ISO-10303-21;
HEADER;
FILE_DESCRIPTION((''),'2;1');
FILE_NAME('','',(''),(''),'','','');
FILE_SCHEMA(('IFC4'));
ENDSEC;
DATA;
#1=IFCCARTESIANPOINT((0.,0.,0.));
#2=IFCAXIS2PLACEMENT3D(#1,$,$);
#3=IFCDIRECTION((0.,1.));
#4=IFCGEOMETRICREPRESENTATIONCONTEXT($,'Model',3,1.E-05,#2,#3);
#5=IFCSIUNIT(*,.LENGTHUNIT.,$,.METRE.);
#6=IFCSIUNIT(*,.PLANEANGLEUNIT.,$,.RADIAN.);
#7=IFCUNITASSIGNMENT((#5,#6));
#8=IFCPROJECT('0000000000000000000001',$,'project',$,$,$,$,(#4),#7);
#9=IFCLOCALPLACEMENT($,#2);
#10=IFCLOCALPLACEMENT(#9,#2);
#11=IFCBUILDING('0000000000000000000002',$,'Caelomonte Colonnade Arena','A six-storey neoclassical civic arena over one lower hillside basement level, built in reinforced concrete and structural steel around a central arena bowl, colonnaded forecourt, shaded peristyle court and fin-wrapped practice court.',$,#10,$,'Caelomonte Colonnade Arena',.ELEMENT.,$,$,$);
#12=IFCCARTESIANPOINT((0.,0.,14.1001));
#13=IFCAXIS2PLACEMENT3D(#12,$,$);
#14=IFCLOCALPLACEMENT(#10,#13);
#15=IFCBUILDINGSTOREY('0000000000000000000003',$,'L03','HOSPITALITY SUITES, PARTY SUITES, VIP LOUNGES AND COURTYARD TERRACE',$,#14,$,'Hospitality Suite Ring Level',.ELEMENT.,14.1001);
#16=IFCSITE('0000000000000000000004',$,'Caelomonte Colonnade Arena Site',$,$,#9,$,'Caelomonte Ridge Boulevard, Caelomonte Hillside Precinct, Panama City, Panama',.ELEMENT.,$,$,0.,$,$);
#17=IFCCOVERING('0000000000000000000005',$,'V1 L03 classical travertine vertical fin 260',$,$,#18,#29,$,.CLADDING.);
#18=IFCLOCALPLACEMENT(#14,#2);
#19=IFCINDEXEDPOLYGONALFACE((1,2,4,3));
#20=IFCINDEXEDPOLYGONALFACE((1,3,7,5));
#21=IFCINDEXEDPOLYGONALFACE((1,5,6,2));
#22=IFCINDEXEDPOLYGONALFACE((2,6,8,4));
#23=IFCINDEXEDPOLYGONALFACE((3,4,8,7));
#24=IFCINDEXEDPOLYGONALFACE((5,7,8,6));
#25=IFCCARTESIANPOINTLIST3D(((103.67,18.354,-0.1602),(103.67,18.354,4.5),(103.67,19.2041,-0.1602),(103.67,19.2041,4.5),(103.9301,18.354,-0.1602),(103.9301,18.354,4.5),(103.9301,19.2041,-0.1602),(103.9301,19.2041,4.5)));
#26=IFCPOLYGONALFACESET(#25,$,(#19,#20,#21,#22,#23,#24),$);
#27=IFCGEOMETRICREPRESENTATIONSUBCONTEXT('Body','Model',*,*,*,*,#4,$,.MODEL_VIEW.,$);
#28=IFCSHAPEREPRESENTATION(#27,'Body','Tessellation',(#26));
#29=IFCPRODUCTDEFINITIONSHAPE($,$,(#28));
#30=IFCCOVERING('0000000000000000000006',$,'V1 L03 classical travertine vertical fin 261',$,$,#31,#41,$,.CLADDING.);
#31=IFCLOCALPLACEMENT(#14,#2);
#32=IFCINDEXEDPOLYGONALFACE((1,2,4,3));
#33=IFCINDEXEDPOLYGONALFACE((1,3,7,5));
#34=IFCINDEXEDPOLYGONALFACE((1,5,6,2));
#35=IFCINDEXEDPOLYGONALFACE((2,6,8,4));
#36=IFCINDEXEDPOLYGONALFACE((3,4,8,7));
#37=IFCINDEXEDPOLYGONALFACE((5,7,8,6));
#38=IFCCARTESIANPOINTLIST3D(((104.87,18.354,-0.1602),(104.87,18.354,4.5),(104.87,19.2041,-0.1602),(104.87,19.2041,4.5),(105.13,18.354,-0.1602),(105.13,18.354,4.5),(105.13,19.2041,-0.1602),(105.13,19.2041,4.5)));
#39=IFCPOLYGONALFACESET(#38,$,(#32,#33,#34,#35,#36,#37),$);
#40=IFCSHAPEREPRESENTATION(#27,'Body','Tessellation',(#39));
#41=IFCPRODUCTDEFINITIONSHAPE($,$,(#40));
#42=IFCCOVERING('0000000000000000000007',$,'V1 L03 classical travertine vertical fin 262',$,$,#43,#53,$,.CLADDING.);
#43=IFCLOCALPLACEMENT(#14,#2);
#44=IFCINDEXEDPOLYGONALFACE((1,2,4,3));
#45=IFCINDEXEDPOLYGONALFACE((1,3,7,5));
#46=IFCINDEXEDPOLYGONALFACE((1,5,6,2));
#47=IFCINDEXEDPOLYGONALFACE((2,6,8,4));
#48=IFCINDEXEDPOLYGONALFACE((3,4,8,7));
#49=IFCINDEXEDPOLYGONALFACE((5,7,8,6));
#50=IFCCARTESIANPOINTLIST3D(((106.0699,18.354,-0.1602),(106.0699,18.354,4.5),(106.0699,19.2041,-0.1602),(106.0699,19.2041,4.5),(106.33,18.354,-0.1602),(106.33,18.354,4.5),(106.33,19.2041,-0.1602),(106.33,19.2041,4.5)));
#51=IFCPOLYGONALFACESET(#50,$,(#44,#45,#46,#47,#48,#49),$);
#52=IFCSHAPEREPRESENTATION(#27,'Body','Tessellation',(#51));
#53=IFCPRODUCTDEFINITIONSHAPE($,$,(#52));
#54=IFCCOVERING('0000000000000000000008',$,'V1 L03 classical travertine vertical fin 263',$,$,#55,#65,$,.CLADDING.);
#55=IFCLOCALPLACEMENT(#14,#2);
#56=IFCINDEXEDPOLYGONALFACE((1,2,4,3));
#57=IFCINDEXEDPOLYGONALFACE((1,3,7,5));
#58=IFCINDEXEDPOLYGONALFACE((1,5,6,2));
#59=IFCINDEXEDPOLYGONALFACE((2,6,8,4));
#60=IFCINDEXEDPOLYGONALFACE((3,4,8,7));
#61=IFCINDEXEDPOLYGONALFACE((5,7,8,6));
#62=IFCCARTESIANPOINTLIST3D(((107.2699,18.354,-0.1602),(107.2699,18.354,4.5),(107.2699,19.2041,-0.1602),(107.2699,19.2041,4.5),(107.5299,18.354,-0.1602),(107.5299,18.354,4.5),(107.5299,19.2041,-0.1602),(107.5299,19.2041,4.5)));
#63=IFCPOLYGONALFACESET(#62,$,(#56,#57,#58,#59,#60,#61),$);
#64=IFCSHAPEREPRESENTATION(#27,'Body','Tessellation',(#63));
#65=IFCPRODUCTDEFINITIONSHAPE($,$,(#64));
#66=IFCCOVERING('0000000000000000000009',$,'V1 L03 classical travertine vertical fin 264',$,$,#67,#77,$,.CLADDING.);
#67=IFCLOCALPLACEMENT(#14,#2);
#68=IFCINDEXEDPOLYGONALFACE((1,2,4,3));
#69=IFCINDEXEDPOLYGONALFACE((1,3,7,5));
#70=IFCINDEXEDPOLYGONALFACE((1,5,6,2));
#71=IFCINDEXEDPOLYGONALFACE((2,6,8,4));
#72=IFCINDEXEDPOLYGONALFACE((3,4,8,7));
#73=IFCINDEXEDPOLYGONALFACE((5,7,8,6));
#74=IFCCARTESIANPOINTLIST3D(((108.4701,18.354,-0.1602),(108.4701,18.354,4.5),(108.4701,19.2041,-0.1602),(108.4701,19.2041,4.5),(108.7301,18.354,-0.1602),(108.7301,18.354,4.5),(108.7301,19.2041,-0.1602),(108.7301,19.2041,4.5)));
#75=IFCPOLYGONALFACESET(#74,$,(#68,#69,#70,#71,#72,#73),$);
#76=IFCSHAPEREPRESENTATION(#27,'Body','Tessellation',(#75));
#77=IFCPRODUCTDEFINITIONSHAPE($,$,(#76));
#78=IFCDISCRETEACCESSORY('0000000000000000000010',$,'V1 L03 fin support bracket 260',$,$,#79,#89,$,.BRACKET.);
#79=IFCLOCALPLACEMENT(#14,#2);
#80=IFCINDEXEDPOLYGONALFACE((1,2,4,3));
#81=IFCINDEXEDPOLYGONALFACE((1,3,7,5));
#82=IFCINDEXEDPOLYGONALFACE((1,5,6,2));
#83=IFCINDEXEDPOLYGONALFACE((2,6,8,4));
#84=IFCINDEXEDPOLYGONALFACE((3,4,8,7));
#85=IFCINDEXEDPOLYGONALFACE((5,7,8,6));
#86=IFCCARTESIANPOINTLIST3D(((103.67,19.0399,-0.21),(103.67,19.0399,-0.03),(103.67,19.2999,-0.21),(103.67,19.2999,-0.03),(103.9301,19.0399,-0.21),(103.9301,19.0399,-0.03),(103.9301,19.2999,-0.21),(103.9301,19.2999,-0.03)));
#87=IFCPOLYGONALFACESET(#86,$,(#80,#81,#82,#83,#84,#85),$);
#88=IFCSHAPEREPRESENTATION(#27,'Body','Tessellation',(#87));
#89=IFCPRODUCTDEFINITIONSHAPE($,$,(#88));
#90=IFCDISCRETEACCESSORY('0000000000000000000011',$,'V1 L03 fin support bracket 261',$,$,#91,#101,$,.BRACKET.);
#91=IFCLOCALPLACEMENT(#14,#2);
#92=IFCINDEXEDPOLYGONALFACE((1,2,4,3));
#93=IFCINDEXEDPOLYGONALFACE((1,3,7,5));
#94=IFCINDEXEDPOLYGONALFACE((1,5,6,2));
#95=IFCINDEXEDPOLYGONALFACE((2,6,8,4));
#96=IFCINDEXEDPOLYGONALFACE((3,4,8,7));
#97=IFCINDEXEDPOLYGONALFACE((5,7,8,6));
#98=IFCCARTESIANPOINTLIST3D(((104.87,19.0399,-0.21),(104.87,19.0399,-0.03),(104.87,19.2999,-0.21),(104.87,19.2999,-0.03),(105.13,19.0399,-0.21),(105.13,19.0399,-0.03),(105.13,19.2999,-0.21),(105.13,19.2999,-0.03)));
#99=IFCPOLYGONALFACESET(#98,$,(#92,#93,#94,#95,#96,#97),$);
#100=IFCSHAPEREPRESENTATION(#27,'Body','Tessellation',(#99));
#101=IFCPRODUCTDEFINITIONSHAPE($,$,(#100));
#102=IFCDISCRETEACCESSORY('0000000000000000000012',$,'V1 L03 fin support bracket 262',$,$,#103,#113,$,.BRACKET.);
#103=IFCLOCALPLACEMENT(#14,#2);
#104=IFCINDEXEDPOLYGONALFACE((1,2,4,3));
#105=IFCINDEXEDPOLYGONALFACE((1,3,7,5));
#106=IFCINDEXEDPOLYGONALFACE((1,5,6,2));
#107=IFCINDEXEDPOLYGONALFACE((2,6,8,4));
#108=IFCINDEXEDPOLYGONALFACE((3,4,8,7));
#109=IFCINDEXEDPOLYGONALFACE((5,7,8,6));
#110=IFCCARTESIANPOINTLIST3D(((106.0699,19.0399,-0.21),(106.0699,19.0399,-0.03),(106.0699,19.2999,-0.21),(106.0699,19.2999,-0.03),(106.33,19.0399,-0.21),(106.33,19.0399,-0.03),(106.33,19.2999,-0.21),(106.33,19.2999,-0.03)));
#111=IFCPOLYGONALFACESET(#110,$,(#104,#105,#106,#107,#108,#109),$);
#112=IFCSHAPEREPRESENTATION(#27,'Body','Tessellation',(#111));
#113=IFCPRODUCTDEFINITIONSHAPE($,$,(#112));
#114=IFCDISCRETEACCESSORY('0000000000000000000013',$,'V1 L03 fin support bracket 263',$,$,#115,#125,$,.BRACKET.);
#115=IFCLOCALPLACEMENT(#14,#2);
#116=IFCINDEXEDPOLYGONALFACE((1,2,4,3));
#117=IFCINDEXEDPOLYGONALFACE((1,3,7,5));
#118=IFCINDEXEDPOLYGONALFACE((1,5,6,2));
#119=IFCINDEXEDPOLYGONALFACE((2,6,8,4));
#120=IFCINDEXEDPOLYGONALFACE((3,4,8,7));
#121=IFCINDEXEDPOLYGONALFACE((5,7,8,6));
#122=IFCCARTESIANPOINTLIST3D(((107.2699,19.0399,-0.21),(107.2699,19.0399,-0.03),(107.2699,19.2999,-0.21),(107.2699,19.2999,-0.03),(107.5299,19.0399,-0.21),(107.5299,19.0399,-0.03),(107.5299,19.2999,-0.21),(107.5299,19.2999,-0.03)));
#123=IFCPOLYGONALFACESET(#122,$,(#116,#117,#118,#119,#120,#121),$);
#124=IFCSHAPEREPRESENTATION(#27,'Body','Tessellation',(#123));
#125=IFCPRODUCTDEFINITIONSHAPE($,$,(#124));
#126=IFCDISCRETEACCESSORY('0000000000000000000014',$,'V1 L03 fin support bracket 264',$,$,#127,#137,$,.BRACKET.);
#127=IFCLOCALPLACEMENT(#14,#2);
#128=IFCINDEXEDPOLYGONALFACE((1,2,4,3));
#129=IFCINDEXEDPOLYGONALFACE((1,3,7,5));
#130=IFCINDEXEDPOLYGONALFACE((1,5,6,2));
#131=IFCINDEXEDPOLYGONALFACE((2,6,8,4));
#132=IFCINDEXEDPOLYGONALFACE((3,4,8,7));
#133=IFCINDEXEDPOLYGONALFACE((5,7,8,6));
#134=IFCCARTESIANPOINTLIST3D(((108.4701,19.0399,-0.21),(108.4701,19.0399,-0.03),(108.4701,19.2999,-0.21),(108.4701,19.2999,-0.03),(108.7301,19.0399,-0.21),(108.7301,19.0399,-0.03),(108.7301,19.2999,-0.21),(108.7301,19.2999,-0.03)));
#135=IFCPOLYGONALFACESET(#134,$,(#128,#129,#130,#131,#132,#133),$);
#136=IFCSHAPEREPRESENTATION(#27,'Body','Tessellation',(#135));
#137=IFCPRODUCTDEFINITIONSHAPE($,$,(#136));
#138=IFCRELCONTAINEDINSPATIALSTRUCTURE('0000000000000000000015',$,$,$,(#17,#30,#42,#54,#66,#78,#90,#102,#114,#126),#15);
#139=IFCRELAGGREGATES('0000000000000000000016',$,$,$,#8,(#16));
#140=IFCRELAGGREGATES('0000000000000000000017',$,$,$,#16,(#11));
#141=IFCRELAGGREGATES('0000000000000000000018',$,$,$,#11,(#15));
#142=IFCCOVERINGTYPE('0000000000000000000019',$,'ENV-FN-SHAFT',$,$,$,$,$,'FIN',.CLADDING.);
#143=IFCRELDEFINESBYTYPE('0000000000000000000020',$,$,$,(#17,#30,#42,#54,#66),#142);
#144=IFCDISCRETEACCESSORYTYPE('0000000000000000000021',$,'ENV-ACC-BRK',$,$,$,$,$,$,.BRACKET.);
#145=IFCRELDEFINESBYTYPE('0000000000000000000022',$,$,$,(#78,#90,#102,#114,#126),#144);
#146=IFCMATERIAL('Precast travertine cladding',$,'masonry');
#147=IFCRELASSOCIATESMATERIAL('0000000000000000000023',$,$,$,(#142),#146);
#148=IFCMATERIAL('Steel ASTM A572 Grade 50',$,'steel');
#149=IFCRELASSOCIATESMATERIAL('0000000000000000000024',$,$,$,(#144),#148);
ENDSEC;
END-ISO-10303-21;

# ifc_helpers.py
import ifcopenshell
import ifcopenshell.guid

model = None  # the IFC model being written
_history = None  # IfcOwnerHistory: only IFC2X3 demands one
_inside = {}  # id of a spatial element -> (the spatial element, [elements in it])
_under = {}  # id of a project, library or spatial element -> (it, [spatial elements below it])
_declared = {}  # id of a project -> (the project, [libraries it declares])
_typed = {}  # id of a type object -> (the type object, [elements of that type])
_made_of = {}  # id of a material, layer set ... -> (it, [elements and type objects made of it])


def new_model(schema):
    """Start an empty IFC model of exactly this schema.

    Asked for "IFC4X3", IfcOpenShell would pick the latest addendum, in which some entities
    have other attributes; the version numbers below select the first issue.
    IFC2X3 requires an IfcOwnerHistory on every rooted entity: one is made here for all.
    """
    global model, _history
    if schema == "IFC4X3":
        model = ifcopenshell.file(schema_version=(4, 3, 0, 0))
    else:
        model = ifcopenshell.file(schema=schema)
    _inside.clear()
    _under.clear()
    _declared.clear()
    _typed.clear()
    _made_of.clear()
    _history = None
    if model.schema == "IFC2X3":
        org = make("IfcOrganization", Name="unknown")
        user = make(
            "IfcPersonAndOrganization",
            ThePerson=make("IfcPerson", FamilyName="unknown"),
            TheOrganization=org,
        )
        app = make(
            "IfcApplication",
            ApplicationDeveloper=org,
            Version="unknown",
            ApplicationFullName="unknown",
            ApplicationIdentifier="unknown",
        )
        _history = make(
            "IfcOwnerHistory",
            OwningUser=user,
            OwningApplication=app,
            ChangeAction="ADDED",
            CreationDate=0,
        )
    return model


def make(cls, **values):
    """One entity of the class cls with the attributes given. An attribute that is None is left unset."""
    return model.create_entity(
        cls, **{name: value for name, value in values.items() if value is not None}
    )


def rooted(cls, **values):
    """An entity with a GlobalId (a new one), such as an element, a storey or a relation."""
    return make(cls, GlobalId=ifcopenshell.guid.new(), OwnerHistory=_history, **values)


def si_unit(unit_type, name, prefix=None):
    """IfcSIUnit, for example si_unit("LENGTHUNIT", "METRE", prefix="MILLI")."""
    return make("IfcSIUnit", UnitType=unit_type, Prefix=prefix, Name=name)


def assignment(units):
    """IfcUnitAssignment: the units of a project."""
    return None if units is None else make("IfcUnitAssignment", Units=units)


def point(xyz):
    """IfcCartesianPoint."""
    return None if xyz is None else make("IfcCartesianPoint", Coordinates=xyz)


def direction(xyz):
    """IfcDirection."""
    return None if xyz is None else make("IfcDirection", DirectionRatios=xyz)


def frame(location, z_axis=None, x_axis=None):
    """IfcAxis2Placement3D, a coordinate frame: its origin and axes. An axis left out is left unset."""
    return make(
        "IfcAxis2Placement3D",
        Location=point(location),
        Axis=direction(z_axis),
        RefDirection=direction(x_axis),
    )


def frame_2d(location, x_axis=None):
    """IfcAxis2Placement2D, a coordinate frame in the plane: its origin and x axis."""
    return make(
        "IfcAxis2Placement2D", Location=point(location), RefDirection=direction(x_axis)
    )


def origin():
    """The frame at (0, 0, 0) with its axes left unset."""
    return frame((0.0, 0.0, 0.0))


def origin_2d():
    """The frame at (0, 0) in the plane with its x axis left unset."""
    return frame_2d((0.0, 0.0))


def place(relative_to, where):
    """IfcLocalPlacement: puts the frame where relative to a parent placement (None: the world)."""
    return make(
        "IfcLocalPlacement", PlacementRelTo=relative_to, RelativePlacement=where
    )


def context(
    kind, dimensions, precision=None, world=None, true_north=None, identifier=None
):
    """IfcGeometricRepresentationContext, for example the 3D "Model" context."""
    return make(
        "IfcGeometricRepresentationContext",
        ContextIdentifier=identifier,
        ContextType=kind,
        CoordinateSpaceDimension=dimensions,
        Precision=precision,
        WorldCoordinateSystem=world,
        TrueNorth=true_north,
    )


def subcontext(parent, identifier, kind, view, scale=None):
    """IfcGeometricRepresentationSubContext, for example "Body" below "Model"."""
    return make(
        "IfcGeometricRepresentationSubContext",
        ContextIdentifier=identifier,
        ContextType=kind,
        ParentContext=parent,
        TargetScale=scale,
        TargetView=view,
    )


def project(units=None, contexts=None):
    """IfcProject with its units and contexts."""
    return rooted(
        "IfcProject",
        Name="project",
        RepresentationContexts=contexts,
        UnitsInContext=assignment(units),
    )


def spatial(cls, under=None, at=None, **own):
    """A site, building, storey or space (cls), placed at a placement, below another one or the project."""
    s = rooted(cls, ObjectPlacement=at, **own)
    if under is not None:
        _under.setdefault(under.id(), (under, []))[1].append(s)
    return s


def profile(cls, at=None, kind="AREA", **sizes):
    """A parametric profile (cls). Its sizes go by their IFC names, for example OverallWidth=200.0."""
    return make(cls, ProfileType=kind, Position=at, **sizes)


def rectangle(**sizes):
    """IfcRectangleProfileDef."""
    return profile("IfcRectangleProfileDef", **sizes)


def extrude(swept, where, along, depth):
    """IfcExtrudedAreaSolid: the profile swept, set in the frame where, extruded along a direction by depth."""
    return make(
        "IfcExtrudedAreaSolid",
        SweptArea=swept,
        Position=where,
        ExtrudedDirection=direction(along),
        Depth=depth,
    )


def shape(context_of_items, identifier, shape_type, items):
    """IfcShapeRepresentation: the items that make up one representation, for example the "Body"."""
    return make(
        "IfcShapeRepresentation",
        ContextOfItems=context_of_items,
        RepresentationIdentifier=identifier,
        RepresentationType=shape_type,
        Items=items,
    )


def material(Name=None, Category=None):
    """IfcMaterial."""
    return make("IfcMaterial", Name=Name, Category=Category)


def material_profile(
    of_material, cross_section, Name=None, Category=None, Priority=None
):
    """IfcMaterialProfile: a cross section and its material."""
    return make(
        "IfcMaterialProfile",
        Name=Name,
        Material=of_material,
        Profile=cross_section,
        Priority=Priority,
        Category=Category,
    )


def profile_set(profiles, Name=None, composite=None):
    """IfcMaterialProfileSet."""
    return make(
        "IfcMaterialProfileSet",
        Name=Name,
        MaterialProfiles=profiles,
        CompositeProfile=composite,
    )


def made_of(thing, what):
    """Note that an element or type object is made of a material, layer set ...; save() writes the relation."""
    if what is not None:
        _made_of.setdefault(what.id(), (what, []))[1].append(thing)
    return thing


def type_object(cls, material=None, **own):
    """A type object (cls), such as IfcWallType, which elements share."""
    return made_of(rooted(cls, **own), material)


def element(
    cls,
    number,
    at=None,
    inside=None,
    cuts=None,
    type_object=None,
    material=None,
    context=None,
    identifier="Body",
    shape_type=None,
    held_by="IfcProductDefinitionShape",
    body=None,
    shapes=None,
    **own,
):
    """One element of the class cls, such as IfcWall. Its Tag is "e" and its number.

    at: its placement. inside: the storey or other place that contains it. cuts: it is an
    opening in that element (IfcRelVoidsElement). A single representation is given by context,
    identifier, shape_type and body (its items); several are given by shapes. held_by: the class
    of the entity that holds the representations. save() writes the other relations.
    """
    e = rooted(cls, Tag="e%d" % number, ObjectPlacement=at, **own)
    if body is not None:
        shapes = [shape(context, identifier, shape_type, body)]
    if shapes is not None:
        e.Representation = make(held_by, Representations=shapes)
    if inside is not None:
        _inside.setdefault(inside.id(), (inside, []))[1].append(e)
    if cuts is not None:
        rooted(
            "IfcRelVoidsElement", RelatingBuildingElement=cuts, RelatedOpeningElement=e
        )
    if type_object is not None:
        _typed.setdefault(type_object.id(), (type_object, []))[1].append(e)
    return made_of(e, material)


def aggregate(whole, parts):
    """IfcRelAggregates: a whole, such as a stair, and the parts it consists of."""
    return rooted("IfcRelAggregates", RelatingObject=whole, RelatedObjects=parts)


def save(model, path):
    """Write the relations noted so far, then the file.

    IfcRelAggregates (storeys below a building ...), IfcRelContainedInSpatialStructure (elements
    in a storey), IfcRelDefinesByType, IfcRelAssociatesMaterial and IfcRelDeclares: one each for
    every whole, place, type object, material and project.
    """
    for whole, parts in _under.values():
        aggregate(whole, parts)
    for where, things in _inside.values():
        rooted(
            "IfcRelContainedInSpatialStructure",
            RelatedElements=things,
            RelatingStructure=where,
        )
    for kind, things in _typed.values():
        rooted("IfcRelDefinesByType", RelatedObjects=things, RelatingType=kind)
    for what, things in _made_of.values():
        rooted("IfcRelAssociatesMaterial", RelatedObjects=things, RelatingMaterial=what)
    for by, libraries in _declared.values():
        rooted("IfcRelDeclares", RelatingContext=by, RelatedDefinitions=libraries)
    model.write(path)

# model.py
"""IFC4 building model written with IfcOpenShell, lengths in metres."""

from ifc_helpers import new_model, si_unit, direction, frame, origin, origin_2d, place, context, subcontext, project, spatial, rectangle, extrude, material, material_profile, profile_set, type_object, element, save


model = new_model("IFC4")

# Units and contexts
model_context = context("Model", 3, precision=1e-05, world=origin(), true_north=direction((0.0, 1.0)))
body_context = subcontext(model_context, "Body", "Model", "MODEL_VIEW")
ifc_project = project(units=[si_unit("LENGTHUNIT", "METRE"), si_unit("PLANEANGLEUNIT", "RADIAN")], contexts=[model_context])

# Site, building, storey
site_placement = place(None, origin())
site = spatial("IfcSite", under=ifc_project, at=site_placement, Name="Caelomonte Colonnade Arena Site", LongName="Caelomonte Ridge Boulevard, Caelomonte Hillside Precinct, Panama City, Panama", CompositionType="ELEMENT", RefElevation=0.0)
building_placement = place(site_placement, origin())
building = spatial("IfcBuilding", under=site, at=building_placement, Name="Caelomonte Colonnade Arena", Description="A six-storey neoclassical civic arena over one lower hillside basement level, built in reinforced concrete and structural steel around a central arena bowl, colonnaded forecourt, shaded peristyle court and fin-wrapped practice court.", LongName="Caelomonte Colonnade Arena", CompositionType="ELEMENT")
storey_placement = place(building_placement, frame((0.0, 0.0, 14.1001)))
storey = spatial("IfcBuildingStorey", under=building, at=storey_placement, Name="L03", Description="HOSPITALITY SUITES, PARTY SUITES, VIP LOUNGES AND COURTYARD TERRACE", LongName="Hospitality Suite Ring Level", CompositionType="ELEMENT", Elevation=14.1001)

# Coverings
ifc_material_1 = material(Name="Precast travertine cladding", Category="masonry")
ifc_material_profile_1 = material_profile(ifc_material_1, rectangle(XDim=0.26, YDim=0.8501, at=origin_2d()), Name="FIN260X850")
ifc_profile_set_1 = profile_set([ifc_material_profile_1], Name="Precast travertine cladding")
covering_type = type_object("IfcCoveringType", Name="ENV-FN-SHAFT", ElementType="FIN", PredefinedType="CLADDING", material=ifc_profile_set_1)
for number, where, z_axis, x_axis, name in (
    (1, (103.8, 18.7791, -0.1602), (0.0, 0.0, 1.0), (-1.0, 0.0, 0.0), "V1 L03 classical travertine vertical fin 260"),
    (2, (105.0, 18.7791, -0.1602), (0.0, 0.0, 1.0), (-1.0, 0.0, 0.0), "V1 L03 classical travertine vertical fin 261"),
    (3, (106.2, 18.7791, -0.1602), (0.0, 0.0, 1.0), (-1.0, 0.0, 0.0), "V1 L03 classical travertine vertical fin 262"),
    (4, (107.3999, 18.7791, -0.1602), (0.0, 0.0, 1.0), (-1.0, 0.0, 0.0), "V1 L03 classical travertine vertical fin 263"),
    (5, (108.6001, 18.7791, -0.1602), (0.0, 0.0, 1.0), (-1.0, 0.0, 0.0), "V1 L03 classical travertine vertical fin 264"),
):
    element("IfcCovering", number, at=place(storey_placement, frame(where, z_axis=z_axis, x_axis=x_axis)), inside=storey, type_object=covering_type, Name=name, PredefinedType="CLADDING", context=body_context, shape_type="SweptSolid", body=[
        extrude(rectangle(XDim=0.26, YDim=0.8501, at=origin_2d()), origin(), (0.0, 0.0, 1.0), 4.6602),
    ])

# Discrete accessories
ifc_material_2 = material(Name="Steel ASTM A572 Grade 50", Category="steel")
discrete_accessory_type = type_object("IfcDiscreteAccessoryType", Name="ENV-ACC-BRK", PredefinedType="BRACKET", material=ifc_material_2)
for number, where, z_axis, x_axis, name in (
    (6, (103.8, 19.1699, -0.21), (0.0, 0.0, 1.0), (1.0, 0.0, 0.0), "V1 L03 fin support bracket 260"),
    (7, (105.0, 19.1699, -0.21), (0.0, 0.0, 1.0), (1.0, 0.0, 0.0), "V1 L03 fin support bracket 261"),
    (8, (106.2, 19.1699, -0.21), (0.0, 0.0, 1.0), (1.0, 0.0, 0.0), "V1 L03 fin support bracket 262"),
    (9, (107.3999, 19.1699, -0.21), (0.0, 0.0, 1.0), (1.0, 0.0, 0.0), "V1 L03 fin support bracket 263"),
    (10, (108.6001, 19.1699, -0.21), (0.0, 0.0, 1.0), (1.0, 0.0, 0.0), "V1 L03 fin support bracket 264"),
):
    element("IfcDiscreteAccessory", number, at=place(storey_placement, frame(where, z_axis=z_axis, x_axis=x_axis)), inside=storey, type_object=discrete_accessory_type, Name=name, PredefinedType="BRACKET", context=body_context, shape_type="SweptSolid", body=[
        extrude(rectangle(XDim=0.26, YDim=0.26, at=origin_2d()), origin(), (0.0, 0.0, 1.0), 0.1799),
    ])

save(model, "model.ifc")
